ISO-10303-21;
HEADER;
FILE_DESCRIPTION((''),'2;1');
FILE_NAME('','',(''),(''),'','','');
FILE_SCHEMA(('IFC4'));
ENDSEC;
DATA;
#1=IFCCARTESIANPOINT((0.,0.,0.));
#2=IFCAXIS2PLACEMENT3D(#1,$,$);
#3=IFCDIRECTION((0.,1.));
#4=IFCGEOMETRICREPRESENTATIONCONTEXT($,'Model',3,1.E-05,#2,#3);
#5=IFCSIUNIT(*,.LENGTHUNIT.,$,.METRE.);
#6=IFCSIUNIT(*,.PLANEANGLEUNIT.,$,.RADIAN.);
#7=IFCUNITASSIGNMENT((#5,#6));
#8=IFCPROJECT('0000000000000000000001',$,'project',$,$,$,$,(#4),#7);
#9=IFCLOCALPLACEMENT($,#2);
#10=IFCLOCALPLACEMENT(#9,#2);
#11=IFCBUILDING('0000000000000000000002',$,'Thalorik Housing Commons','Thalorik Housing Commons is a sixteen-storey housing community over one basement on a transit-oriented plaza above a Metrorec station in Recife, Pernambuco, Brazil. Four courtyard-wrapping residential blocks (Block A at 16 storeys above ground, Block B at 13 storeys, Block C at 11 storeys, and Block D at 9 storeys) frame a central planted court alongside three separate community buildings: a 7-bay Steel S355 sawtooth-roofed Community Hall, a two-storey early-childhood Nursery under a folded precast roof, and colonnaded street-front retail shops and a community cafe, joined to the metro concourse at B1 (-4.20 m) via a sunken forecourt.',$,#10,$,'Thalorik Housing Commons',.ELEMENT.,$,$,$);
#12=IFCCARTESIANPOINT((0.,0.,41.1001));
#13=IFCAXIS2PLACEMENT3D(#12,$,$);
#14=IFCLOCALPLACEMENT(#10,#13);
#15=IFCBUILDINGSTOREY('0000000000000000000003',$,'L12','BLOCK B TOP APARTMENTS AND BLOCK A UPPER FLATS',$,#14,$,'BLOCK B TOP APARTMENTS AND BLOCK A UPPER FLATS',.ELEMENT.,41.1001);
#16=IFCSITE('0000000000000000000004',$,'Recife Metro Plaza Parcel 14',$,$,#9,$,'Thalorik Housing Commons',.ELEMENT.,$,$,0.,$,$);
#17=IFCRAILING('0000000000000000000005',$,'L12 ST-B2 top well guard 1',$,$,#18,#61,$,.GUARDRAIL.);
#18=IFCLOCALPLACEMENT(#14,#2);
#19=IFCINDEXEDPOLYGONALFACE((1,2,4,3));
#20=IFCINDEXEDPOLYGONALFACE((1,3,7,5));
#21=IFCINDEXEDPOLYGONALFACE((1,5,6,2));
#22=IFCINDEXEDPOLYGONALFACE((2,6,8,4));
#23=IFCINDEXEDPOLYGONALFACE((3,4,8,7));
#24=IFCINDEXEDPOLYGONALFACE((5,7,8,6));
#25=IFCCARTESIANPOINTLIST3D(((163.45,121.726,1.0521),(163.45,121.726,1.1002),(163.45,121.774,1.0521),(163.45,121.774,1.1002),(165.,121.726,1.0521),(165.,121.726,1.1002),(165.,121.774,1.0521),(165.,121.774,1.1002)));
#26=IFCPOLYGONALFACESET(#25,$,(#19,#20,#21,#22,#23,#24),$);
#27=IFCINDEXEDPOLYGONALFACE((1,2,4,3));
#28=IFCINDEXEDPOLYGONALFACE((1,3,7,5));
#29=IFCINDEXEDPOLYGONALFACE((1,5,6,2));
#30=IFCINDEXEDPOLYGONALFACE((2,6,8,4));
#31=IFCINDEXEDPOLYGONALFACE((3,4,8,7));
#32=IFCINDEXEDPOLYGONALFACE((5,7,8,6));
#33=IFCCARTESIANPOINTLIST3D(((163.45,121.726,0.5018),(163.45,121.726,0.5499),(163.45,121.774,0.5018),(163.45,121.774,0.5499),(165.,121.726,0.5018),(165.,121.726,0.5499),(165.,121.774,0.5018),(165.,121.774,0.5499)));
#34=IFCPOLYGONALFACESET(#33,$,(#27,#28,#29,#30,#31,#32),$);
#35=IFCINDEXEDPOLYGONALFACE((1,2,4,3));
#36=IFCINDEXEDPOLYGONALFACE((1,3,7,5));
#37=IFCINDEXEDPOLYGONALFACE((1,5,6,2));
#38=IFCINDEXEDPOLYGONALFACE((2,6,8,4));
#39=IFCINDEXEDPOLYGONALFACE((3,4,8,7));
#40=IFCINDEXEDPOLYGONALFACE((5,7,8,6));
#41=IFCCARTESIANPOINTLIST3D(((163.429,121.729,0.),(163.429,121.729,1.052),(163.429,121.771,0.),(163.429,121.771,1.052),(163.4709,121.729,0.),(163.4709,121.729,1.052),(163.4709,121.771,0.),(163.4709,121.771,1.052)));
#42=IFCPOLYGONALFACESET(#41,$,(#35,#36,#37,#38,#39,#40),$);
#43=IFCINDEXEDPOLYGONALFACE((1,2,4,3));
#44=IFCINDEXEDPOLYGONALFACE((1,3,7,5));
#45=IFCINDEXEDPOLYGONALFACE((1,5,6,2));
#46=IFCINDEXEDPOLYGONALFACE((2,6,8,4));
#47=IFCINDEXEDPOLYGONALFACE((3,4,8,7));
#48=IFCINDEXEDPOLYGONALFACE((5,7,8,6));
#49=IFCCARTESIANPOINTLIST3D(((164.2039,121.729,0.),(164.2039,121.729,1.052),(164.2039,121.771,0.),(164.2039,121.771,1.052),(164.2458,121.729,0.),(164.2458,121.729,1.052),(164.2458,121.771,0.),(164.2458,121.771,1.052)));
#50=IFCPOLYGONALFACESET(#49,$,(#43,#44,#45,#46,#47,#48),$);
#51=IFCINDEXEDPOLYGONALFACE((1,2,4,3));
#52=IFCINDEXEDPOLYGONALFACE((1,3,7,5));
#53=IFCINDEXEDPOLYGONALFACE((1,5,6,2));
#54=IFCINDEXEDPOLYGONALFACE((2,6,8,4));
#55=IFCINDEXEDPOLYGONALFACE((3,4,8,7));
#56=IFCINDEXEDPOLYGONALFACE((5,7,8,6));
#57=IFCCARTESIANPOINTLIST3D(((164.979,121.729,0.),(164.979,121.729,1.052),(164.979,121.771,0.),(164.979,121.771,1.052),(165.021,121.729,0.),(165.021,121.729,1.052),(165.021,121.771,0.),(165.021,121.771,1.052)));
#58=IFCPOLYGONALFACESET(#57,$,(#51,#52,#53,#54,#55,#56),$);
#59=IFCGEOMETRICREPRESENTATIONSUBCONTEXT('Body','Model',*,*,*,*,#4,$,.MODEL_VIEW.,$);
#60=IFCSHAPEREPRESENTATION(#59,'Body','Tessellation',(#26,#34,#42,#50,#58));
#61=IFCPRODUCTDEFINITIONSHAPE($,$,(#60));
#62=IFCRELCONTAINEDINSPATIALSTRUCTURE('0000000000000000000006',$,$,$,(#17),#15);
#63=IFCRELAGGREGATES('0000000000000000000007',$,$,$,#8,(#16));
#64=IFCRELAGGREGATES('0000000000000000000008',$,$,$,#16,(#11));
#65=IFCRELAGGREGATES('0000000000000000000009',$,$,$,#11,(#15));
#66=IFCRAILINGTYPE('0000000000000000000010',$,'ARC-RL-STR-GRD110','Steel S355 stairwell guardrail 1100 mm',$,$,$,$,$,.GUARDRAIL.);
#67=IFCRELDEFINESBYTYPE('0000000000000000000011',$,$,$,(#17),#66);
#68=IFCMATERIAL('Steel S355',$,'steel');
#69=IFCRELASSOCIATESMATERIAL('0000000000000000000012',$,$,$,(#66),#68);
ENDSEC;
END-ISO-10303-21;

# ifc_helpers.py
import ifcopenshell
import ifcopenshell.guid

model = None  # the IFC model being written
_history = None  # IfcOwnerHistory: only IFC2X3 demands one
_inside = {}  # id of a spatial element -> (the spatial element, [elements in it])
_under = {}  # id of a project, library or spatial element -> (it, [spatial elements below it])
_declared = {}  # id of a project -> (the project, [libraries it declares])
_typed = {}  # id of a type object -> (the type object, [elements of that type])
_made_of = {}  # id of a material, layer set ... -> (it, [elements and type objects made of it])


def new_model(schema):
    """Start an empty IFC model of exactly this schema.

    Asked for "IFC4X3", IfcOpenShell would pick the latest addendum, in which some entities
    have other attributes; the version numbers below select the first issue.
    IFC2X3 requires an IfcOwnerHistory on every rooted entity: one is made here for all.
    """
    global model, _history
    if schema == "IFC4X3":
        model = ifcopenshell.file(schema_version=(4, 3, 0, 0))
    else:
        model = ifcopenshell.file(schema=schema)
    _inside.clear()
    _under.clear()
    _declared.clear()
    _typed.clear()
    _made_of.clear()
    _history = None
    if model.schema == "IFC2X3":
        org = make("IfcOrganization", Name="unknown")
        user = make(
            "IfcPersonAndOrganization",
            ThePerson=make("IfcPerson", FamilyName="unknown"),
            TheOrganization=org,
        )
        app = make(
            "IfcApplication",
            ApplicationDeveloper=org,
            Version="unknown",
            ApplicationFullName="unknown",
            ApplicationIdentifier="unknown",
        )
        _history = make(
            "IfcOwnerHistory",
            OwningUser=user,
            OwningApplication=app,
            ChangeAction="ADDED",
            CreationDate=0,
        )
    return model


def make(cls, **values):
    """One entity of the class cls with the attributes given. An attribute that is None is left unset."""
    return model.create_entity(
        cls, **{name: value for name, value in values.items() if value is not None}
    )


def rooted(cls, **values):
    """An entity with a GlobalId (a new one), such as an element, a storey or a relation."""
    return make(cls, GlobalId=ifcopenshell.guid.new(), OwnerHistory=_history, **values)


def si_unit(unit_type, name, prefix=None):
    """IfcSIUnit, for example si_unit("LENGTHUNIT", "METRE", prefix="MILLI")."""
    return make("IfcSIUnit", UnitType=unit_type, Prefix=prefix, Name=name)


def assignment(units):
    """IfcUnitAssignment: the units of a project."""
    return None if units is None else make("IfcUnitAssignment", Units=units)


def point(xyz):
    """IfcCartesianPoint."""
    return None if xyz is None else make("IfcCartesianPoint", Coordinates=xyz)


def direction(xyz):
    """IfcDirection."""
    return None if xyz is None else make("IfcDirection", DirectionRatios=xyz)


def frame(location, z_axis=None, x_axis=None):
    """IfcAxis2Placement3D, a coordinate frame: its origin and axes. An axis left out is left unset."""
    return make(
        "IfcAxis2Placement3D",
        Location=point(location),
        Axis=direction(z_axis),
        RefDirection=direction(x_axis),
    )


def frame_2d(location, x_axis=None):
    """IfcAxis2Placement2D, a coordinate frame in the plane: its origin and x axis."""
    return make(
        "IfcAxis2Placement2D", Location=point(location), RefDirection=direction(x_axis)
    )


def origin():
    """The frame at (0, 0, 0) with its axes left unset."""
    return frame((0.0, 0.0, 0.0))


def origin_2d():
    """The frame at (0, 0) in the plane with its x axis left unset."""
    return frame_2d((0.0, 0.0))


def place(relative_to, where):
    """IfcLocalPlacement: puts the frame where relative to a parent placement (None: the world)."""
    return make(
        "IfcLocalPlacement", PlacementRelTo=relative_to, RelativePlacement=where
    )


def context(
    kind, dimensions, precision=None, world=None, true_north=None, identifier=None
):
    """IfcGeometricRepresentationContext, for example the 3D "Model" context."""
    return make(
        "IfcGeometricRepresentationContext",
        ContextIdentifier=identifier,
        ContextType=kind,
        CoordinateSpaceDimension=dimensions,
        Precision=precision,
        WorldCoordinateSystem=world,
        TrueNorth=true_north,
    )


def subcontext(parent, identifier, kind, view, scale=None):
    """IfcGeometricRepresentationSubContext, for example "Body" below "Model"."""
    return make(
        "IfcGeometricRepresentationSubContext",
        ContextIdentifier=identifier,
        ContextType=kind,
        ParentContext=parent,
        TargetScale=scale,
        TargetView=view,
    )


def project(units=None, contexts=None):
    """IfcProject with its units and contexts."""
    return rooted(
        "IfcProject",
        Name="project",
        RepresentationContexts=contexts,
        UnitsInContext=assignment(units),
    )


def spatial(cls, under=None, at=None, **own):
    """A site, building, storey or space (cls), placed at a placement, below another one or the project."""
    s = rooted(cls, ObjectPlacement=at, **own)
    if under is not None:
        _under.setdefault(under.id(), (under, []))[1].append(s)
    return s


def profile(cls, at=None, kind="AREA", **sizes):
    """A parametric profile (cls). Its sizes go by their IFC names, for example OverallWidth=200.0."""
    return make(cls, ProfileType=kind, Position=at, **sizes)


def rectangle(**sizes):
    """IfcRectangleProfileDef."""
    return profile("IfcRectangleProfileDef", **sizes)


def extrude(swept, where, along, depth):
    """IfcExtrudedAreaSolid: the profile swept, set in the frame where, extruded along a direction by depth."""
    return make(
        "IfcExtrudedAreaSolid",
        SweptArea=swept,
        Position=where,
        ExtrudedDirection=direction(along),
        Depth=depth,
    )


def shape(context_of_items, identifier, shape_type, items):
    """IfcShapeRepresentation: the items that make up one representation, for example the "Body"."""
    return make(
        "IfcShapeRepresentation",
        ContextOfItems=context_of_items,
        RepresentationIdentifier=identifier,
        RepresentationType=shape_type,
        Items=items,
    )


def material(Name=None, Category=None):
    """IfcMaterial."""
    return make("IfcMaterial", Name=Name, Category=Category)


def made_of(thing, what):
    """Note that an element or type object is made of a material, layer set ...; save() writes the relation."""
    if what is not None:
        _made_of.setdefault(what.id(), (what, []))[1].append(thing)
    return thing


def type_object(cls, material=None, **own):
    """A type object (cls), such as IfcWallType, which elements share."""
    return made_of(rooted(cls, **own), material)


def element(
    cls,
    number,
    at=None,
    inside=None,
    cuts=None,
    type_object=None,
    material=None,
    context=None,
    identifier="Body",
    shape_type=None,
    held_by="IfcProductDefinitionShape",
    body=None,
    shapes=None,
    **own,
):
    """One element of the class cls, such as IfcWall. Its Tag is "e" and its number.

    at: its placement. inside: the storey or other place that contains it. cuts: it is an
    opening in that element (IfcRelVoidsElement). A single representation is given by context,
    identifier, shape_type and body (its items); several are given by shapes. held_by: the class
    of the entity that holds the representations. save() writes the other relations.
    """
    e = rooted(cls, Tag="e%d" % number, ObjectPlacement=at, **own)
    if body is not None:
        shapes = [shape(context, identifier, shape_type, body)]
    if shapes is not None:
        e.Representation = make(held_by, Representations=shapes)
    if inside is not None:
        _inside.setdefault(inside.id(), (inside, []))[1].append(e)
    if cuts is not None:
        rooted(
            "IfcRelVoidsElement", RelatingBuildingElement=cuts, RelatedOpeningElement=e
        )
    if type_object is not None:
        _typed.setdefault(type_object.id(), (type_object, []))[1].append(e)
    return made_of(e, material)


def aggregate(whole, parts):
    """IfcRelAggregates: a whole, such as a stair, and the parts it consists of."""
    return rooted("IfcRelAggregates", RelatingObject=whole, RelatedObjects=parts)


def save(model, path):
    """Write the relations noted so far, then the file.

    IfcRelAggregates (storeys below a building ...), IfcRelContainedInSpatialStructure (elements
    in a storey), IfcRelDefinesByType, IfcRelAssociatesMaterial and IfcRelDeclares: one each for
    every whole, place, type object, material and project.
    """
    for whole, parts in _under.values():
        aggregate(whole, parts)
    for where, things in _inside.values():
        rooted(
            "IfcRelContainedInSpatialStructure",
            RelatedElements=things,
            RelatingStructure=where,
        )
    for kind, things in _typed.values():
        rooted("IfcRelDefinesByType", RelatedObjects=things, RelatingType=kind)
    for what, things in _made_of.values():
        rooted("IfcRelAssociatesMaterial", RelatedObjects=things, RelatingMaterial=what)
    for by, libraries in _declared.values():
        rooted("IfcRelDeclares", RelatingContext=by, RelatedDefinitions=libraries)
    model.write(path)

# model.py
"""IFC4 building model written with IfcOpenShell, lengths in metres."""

from ifc_helpers import new_model, si_unit, direction, frame, origin, origin_2d, place, context, subcontext, project, spatial, rectangle, extrude, material, type_object, element, save


model = new_model("IFC4")

# Units and contexts
model_context = context("Model", 3, precision=1e-05, world=origin(), true_north=direction((0.0, 1.0)))
body_context = subcontext(model_context, "Body", "Model", "MODEL_VIEW")
ifc_project = project(units=[si_unit("LENGTHUNIT", "METRE"), si_unit("PLANEANGLEUNIT", "RADIAN")], contexts=[model_context])

# Site, building, storey
site_placement = place(None, origin())
site = spatial("IfcSite", under=ifc_project, at=site_placement, Name="Recife Metro Plaza Parcel 14", LongName="Thalorik Housing Commons", CompositionType="ELEMENT", RefElevation=0.0)
building_placement = place(site_placement, origin())
building = spatial("IfcBuilding", under=site, at=building_placement, Name="Thalorik Housing Commons", Description="Thalorik Housing Commons is a sixteen-storey housing community over one basement on a transit-oriented plaza above a Metrorec station in Recife, Pernambuco, Brazil. Four courtyard-wrapping residential blocks (Block A at 16 storeys above ground, Block B at 13 storeys, Block C at 11 storeys, and Block D at 9 storeys) frame a central planted court alongside three separate community buildings: a 7-bay Steel S355 sawtooth-roofed Community Hall, a two-storey early-childhood Nursery under a folded precast roof, and colonnaded street-front retail shops and a community cafe, joined to the metro concourse at B1 (-4.20 m) via a sunken forecourt.", LongName="Thalorik Housing Commons", CompositionType="ELEMENT")
storey_placement = place(building_placement, frame((0.0, 0.0, 41.1001)))
storey = spatial("IfcBuildingStorey", under=building, at=storey_placement, Name="L12", Description="BLOCK B TOP APARTMENTS AND BLOCK A UPPER FLATS", LongName="BLOCK B TOP APARTMENTS AND BLOCK A UPPER FLATS", CompositionType="ELEMENT", Elevation=41.1001)

# Shared definitions
ifc_material_1 = material(Name="Steel S355", Category="steel")

# Railing
railing_type = type_object("IfcRailingType", Name="ARC-RL-STR-GRD110", Description="Steel S355 stairwell guardrail 1100 mm", PredefinedType="GUARDRAIL", material=ifc_material_1)
railing_placement = place(storey_placement, frame((163.45, 121.75, 0.0)))
element("IfcRailing", 1, at=railing_placement, inside=storey, type_object=railing_type, Name="L12 ST-B2 top well guard 1", PredefinedType="GUARDRAIL", context=body_context, shape_type="SweptSolid", body=[
    extrude(rectangle(XDim=0.0481, YDim=0.0481, at=origin_2d()), frame((0.0, 0.0, 1.0762), z_axis=(1.0, 0.0, 0.0), x_axis=(0.0, 1.0, 0.0)), (0.0, 0.0, 1.0), 1.55),
    extrude(rectangle(XDim=0.0481, YDim=0.0481, at=origin_2d()), frame((0.0, 0.0, 0.5259), z_axis=(1.0, 0.0, 0.0), x_axis=(0.0, 1.0, 0.0)), (0.0, 0.0, 1.0), 1.55),
    extrude(rectangle(XDim=0.042, YDim=0.042, at=origin_2d()), origin(), (0.0, 0.0, 1.0), 1.052),
    extrude(rectangle(XDim=0.042, YDim=0.042, at=origin_2d()), frame((0.7749, 0.0, 0.0)), (0.0, 0.0, 1.0), 1.052),
    extrude(rectangle(XDim=0.042, YDim=0.042, at=origin_2d()), frame((1.55, 0.0, 0.0)), (0.0, 0.0, 1.0), 1.052),
])

save(model, "model.ifc")
